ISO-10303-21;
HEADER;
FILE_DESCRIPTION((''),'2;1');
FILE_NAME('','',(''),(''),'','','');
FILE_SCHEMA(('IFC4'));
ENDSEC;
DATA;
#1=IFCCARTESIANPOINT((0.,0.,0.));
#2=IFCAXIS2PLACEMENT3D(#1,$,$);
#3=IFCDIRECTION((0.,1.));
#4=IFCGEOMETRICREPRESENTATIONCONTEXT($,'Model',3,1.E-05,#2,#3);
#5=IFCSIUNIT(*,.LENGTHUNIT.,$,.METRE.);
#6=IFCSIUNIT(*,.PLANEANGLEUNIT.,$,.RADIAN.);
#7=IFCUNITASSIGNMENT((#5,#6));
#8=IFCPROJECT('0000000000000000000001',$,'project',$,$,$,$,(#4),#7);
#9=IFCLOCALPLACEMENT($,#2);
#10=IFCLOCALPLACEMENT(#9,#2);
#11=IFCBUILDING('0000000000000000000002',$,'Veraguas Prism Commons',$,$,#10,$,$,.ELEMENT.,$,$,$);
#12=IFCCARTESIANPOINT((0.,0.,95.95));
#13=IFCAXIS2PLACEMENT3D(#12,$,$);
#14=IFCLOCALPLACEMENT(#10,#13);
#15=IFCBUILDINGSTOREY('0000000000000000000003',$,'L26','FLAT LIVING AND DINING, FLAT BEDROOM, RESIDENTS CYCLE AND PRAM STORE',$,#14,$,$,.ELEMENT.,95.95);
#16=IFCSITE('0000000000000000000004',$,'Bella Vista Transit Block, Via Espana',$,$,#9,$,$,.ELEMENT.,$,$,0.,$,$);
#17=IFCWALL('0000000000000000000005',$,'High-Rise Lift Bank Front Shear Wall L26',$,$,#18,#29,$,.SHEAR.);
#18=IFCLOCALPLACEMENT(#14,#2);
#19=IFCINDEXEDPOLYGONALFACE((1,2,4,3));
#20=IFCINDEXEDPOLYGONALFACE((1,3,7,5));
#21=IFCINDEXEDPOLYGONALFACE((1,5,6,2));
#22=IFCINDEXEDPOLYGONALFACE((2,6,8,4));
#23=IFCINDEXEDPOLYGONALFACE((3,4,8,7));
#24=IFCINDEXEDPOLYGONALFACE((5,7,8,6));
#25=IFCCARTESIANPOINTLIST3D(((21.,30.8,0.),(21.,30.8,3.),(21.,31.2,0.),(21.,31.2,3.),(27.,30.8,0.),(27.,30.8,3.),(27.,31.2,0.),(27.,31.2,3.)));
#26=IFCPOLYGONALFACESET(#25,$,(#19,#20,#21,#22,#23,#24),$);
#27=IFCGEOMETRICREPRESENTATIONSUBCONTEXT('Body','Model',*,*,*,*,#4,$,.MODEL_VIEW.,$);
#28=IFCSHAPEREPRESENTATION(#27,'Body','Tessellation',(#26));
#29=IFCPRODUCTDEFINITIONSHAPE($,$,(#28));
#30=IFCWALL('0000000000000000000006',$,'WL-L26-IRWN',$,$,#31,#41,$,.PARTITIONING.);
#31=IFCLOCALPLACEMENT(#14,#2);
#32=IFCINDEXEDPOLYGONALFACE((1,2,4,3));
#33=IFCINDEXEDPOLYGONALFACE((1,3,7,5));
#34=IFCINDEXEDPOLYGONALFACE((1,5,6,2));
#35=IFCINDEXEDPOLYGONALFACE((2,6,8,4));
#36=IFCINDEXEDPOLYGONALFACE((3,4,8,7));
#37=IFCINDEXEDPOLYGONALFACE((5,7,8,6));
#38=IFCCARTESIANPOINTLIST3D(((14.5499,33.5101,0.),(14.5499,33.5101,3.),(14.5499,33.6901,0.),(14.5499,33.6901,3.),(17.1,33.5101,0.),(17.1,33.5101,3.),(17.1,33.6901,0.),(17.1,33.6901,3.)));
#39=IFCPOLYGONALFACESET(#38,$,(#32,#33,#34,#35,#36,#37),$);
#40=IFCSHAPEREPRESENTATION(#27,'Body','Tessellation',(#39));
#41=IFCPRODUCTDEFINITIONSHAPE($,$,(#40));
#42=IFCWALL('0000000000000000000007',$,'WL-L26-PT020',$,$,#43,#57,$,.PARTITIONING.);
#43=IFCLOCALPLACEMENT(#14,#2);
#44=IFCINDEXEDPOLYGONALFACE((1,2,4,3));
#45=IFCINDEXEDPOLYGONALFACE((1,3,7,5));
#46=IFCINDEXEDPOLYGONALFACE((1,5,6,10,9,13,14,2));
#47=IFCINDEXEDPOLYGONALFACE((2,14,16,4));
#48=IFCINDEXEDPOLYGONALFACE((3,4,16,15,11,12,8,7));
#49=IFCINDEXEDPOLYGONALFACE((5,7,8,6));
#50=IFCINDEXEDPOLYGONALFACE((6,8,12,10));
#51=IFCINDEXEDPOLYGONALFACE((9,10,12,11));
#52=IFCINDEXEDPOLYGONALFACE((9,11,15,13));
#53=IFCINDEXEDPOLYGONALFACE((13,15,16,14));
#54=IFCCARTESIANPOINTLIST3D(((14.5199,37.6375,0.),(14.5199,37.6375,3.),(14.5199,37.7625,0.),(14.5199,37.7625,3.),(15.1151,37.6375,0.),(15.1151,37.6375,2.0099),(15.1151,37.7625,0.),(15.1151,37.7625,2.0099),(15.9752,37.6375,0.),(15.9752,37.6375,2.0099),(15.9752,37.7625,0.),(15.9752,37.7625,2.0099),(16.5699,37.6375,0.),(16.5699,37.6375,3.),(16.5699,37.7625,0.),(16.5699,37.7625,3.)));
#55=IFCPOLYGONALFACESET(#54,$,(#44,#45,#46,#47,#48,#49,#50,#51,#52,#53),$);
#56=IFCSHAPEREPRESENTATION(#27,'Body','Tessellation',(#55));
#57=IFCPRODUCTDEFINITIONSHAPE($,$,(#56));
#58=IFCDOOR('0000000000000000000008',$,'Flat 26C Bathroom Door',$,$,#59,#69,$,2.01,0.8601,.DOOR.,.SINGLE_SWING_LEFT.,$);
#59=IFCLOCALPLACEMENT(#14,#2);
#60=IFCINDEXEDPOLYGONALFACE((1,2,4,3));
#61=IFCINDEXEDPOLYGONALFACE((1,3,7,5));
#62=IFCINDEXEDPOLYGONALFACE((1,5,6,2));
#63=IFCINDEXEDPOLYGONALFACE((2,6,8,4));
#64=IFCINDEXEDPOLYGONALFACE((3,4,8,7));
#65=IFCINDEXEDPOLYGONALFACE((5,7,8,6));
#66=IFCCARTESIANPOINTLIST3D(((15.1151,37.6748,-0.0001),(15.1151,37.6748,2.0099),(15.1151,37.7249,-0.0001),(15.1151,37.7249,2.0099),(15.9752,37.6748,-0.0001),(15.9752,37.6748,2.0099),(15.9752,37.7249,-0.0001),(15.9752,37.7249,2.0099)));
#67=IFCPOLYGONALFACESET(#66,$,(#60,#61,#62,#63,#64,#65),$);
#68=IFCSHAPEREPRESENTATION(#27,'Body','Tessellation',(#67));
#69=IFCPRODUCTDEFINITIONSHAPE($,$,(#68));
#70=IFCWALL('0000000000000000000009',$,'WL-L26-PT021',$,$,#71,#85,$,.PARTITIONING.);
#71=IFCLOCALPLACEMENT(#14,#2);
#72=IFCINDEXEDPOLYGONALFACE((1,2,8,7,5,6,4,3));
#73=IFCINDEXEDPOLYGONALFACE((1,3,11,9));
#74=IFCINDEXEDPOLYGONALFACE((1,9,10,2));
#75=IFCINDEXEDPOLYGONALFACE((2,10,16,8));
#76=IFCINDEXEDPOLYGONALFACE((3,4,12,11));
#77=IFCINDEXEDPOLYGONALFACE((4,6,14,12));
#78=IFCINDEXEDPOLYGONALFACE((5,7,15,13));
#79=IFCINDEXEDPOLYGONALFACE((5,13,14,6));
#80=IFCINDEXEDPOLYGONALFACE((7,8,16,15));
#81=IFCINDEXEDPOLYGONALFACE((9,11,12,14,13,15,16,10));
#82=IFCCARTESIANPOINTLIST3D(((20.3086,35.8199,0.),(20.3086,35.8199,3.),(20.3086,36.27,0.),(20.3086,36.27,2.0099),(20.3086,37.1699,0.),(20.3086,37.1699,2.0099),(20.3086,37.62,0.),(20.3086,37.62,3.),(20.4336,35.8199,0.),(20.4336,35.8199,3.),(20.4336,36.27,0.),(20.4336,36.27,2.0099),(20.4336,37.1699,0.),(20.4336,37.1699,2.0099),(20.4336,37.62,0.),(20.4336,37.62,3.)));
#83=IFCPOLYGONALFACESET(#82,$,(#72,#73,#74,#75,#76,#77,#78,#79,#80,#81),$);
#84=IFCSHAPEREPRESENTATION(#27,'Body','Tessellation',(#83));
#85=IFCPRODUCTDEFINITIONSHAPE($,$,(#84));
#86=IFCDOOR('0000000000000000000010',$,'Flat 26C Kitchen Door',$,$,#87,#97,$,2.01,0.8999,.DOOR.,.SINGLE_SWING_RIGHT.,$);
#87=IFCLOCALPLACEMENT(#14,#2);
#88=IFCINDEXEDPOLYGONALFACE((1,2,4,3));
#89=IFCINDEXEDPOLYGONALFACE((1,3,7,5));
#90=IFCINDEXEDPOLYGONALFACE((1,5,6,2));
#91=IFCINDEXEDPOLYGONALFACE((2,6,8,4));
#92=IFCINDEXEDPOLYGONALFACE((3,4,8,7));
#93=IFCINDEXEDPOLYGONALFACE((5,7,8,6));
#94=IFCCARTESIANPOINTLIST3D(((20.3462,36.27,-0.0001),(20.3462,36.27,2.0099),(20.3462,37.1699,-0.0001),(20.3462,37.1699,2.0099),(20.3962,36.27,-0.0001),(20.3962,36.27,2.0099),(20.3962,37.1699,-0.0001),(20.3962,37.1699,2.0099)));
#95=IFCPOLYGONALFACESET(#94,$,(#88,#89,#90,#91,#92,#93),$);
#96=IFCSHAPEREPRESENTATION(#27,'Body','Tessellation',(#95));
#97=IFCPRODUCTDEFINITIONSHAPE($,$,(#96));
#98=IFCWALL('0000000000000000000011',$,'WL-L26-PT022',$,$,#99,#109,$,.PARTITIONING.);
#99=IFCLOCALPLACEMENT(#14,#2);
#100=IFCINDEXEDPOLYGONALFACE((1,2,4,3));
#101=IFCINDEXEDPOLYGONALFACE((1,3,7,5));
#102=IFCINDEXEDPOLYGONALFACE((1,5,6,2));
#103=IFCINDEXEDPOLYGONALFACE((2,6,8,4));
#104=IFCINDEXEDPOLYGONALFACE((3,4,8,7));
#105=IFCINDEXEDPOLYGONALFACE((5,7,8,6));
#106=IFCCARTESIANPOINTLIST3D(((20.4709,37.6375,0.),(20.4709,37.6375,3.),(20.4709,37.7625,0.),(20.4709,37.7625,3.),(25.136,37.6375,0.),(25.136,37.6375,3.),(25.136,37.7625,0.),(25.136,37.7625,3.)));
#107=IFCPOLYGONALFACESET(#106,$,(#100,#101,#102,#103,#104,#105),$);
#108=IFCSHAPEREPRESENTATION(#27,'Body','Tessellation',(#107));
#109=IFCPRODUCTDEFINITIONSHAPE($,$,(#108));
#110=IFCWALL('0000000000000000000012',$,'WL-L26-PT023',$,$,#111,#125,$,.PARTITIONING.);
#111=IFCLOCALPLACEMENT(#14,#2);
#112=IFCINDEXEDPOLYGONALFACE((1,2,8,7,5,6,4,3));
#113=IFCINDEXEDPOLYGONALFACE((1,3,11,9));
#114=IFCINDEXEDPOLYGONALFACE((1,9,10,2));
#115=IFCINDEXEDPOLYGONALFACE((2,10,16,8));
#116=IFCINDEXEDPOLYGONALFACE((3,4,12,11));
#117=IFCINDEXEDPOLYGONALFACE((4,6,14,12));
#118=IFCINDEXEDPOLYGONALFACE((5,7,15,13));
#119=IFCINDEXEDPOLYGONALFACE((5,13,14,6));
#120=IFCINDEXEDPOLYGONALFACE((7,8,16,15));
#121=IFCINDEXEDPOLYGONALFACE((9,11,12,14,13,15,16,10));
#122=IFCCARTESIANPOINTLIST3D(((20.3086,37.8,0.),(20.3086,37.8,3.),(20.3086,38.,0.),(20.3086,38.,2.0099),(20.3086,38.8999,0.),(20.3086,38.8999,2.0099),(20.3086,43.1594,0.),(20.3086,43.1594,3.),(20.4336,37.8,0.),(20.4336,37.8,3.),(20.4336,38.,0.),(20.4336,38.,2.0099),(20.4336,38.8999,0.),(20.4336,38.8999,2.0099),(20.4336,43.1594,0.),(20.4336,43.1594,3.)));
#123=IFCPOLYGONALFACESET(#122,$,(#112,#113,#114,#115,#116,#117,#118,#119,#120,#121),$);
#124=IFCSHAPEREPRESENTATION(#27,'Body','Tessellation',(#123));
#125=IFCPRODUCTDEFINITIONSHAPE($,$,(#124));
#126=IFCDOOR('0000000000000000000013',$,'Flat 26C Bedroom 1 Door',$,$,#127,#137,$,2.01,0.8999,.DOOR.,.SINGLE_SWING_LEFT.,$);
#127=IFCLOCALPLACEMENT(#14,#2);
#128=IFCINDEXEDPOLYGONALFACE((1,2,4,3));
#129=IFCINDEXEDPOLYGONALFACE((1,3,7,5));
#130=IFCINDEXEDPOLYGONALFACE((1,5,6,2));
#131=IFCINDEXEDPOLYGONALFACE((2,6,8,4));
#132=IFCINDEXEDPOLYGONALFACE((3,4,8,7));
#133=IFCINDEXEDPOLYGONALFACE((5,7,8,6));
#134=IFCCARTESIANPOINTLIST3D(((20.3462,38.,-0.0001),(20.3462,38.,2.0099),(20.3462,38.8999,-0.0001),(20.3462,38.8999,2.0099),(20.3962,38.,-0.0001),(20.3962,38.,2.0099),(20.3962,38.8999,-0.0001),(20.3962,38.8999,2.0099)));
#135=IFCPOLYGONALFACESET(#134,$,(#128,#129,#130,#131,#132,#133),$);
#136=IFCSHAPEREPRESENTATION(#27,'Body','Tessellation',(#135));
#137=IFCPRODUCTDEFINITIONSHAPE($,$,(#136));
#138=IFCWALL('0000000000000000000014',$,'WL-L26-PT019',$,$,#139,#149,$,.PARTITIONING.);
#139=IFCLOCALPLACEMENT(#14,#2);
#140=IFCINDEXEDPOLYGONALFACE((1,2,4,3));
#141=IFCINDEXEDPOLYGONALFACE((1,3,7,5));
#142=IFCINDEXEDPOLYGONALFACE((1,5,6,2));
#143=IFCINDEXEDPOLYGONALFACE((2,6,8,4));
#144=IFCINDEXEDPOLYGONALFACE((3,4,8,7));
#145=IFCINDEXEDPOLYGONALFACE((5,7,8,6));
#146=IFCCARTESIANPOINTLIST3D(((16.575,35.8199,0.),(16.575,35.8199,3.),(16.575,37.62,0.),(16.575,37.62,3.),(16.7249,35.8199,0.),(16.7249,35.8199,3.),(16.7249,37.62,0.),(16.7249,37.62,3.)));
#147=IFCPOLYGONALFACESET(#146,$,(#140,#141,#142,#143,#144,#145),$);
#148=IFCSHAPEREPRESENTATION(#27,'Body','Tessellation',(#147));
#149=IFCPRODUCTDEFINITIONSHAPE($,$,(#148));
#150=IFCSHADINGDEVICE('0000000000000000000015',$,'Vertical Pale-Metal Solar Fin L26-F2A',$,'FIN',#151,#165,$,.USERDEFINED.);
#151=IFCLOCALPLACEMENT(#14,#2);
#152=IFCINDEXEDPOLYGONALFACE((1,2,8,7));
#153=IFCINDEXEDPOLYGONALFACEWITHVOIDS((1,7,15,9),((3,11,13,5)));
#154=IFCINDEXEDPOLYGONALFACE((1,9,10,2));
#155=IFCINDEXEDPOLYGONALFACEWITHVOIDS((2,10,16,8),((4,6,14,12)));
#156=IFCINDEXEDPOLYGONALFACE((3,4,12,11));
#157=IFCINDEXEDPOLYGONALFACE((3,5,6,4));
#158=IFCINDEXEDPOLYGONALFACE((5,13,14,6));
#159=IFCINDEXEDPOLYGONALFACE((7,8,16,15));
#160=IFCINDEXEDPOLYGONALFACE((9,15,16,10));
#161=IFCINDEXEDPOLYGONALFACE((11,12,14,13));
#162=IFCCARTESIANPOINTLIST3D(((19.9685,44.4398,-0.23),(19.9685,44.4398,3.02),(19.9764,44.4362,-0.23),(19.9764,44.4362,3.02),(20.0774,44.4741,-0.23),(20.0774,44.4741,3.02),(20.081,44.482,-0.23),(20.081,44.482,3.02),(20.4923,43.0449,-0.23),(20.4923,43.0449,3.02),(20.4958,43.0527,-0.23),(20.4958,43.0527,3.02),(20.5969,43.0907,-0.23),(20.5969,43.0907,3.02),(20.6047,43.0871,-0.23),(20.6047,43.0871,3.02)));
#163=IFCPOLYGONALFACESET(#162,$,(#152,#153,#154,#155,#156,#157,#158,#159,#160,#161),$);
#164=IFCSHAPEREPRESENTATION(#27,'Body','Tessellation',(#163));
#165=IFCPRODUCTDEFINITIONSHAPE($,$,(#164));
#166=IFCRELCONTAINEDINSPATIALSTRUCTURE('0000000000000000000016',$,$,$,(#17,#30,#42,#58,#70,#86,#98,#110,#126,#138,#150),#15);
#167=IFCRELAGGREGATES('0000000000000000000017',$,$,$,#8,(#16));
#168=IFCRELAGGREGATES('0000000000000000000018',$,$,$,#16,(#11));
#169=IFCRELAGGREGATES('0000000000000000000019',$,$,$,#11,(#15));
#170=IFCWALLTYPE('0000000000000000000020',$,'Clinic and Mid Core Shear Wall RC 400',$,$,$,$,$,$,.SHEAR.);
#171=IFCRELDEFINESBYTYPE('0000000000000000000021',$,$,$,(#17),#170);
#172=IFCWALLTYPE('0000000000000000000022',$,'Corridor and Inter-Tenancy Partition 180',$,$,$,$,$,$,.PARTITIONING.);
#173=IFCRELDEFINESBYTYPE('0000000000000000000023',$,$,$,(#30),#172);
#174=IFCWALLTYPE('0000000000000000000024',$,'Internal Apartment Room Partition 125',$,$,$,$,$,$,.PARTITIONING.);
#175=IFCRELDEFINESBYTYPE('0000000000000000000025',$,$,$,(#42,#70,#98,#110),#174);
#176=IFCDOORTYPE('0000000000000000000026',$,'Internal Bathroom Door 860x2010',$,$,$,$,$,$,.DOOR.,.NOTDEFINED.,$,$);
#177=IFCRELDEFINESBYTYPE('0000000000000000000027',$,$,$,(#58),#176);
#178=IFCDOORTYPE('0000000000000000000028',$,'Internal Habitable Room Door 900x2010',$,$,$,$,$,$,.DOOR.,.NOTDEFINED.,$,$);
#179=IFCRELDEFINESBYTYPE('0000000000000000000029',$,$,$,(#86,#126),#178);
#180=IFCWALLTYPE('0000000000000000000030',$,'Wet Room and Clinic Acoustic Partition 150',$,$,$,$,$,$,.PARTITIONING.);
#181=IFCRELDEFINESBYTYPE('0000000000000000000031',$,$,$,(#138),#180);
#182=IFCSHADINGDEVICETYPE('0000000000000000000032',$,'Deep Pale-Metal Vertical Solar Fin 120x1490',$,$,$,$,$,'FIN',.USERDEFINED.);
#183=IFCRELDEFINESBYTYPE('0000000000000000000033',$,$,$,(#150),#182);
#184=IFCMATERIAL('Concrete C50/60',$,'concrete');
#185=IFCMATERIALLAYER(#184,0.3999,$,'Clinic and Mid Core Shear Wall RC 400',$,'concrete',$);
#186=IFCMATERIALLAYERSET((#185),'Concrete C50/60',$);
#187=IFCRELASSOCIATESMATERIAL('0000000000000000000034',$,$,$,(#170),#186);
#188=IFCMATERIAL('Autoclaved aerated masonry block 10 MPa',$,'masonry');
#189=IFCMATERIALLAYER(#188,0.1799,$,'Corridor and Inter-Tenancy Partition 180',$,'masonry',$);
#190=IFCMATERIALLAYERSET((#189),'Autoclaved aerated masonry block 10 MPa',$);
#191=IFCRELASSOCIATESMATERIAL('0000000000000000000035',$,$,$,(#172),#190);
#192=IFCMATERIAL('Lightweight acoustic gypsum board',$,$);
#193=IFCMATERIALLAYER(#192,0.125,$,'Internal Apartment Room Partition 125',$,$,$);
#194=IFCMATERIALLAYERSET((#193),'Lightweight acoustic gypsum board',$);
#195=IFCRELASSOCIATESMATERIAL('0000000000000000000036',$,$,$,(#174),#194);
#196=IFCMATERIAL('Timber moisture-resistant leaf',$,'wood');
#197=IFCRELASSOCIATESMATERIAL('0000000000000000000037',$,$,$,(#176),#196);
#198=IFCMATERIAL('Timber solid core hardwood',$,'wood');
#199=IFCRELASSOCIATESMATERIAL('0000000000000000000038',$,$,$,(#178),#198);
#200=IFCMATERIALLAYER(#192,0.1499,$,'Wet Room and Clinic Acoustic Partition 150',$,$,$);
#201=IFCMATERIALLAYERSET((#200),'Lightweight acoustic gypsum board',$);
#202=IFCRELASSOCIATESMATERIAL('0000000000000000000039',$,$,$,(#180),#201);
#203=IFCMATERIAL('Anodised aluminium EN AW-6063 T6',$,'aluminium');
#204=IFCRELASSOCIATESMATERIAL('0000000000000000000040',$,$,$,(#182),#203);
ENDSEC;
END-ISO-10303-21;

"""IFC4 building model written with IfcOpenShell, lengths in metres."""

from ifc_helpers import new_model, si_unit, direction, frame, frame_2d, origin, origin_2d, place, context, subcontext, project, spatial, rectangle, hollow_rectangle, extrude, source, transform, mapped, material, layer, layer_set, material_profile, profile_set, type_object, element, fill, save


model = new_model("IFC4")

# Units and contexts
model_context = context("Model", 3, precision=1e-05, world=origin(), true_north=direction((0.0, 1.0)))
body_context = subcontext(model_context, "Body", "Model", "MODEL_VIEW")
ifc_project = project(units=[si_unit("LENGTHUNIT", "METRE"), si_unit("PLANEANGLEUNIT", "RADIAN")], contexts=[model_context])

# Site, building, storey
site_placement = place(None, origin())
site = spatial("IfcSite", under=ifc_project, at=site_placement, Name="Bella Vista Transit Block, Via Espana", CompositionType="ELEMENT", RefElevation=0.0)
building_placement = place(site_placement, origin())
building = spatial("IfcBuilding", under=site, at=building_placement, Name="Veraguas Prism Commons", CompositionType="ELEMENT")
storey_placement = place(building_placement, frame((0.0, 0.0, 95.95)))
storey = spatial("IfcBuildingStorey", under=building, at=storey_placement, Name="L26", Description="FLAT LIVING AND DINING, FLAT BEDROOM, RESIDENTS CYCLE AND PRAM STORE", CompositionType="ELEMENT", Elevation=95.95)

# Shared definitions
ifc_material_1 = material(Name="Concrete C50/60", Category="concrete")

# Shared definitions
ifc_material_2 = material(Name="Anodised aluminium EN AW-6063 T6", Category="aluminium")

# Walls
ifc_layer_1 = layer(ifc_material_1, 0.3999, Name="Clinic and Mid Core Shear Wall RC 400", Category="concrete")
ifc_layer_set_1 = layer_set([ifc_layer_1], Name="Concrete C50/60")
wall_type_1 = type_object("IfcWallType", Name="Clinic and Mid Core Shear Wall RC 400", PredefinedType="SHEAR", material=ifc_layer_set_1)
wall_1_placement = place(storey_placement, frame((21.0, 31.0, 0.0), z_axis=(0.0, 0.0, 1.0), x_axis=(1.0, 0.0, 0.0)))
element("IfcWall", 1, at=wall_1_placement, inside=storey, type_object=wall_type_1, Name="High-Rise Lift Bank Front Shear Wall L26", PredefinedType="SHEAR", context=body_context, shape_type="SweptSolid", body=[
    extrude(rectangle(XDim=6.0, YDim=0.3999, at=frame_2d((3.0, 0.0))), origin(), (0.0, 0.0, 1.0), 3.0),
])
ifc_material_3 = material(Name="Autoclaved aerated masonry block 10 MPa", Category="masonry")
ifc_layer_2 = layer(ifc_material_3, 0.1799, Name="Corridor and Inter-Tenancy Partition 180", Category="masonry")
ifc_layer_set_2 = layer_set([ifc_layer_2], Name="Autoclaved aerated masonry block 10 MPa")
wall_type_2 = type_object("IfcWallType", Name="Corridor and Inter-Tenancy Partition 180", PredefinedType="PARTITIONING", material=ifc_layer_set_2)
wall_2_placement = place(storey_placement, frame((14.55, 33.6001, 0.0), z_axis=(0.0, 0.0, 1.0), x_axis=(1.0, 0.0, 0.0)))
element("IfcWall", 2, at=wall_2_placement, inside=storey, type_object=wall_type_2, Name="WL-L26-IRWN", PredefinedType="PARTITIONING", context=body_context, shape_type="SweptSolid", body=[
    extrude(rectangle(XDim=2.55, YDim=0.1799, at=frame_2d((1.2749, 0.0))), origin(), (0.0, 0.0, 1.0), 3.0),
])

# Walls, openings, doors
ifc_material_4 = material(Name="Lightweight acoustic gypsum board")
ifc_layer_3 = layer(ifc_material_4, 0.125, Name="Internal Apartment Room Partition 125")
ifc_layer_set_3 = layer_set([ifc_layer_3], Name="Lightweight acoustic gypsum board")
wall_type_3 = type_object("IfcWallType", Name="Internal Apartment Room Partition 125", PredefinedType="PARTITIONING", material=ifc_layer_set_3)
wall_3_placement = place(storey_placement, frame((14.52, 37.7, 0.0), z_axis=(0.0, 0.0, 1.0), x_axis=(1.0, 0.0, 0.0)))
wall_3 = element("IfcWall", 3, at=wall_3_placement, inside=storey, type_object=wall_type_3, Name="WL-L26-PT020", PredefinedType="PARTITIONING", context=body_context, shape_type="SweptSolid", body=[
    extrude(rectangle(XDim=2.05, YDim=0.125, at=frame_2d((1.0249, 0.0))), origin(), (0.0, 0.0, 1.0), 3.0),
])
opening_1_placement = place(wall_3_placement, frame((0.595, 0.0, 0.0)))
opening_1 = element("IfcOpeningElement", 4, at=opening_1_placement, cuts=wall_3, PredefinedType="OPENING", context=body_context, shape_type="SweptSolid", body=[
    extrude(rectangle(XDim=0.8601, YDim=2.01, at=frame_2d((0.4302, 1.0049))), frame((0.0, 0.0725, 0.0), z_axis=(0.0, -1.0, 0.0), x_axis=(1.0, 0.0, 0.0)), (0.0, 0.0, 1.0), 0.145),
])
ifc_material_5 = material(Name="Timber moisture-resistant leaf", Category="wood")
door_type_1 = type_object("IfcDoorType", Name="Internal Bathroom Door 860x2010", OperationType="NOTDEFINED", PredefinedType="DOOR", material=ifc_material_5)
shared_shape_1 = source(origin(), body_context, "Body", "SweptSolid", [
    extrude(rectangle(XDim=0.8601, YDim=2.01, at=frame_2d((0.4302, 1.0049))), frame((0.0, 0.0249, 0.0), z_axis=(0.0, -1.0, 0.0), x_axis=(1.0, 0.0, 0.0)), (0.0, 0.0, 1.0), 0.05),
])
door_1_placement = place(opening_1_placement, origin())
door_1 = element("IfcDoor", 5, at=door_1_placement, inside=storey, type_object=door_type_1, Name="Flat 26C Bathroom Door", OperationType="SINGLE_SWING_LEFT", OverallHeight=2.01, OverallWidth=0.8601, PredefinedType="DOOR", context=body_context, shape_type="MappedRepresentation", body=[
    mapped(shared_shape_1, transform((0.0, 0.0, 0.0), scale=1.0)),
])
fill(opening_1, door_1)
wall_4_placement = place(storey_placement, frame((20.3711, 35.8201, 0.0), z_axis=(0.0, 0.0, 1.0), x_axis=(0.0, 1.0, 0.0)))
wall_4 = element("IfcWall", 6, at=wall_4_placement, inside=storey, type_object=wall_type_3, Name="WL-L26-PT021", PredefinedType="PARTITIONING", context=body_context, shape_type="SweptSolid", body=[
    extrude(rectangle(XDim=1.8, YDim=0.125, at=frame_2d((0.8999, 0.0))), origin(), (0.0, 0.0, 1.0), 3.0),
])
opening_2_placement = place(wall_4_placement, frame((0.45, 0.0, 0.0)))
opening_2 = element("IfcOpeningElement", 7, at=opening_2_placement, cuts=wall_4, PredefinedType="OPENING", context=body_context, shape_type="SweptSolid", body=[
    extrude(rectangle(XDim=0.8999, YDim=2.01, at=frame_2d((0.45, 1.0049))), frame((0.0, 0.0725, 0.0), z_axis=(0.0, -1.0, 0.0), x_axis=(1.0, 0.0, 0.0)), (0.0, 0.0, 1.0), 0.145),
])
ifc_material_6 = material(Name="Timber solid core hardwood", Category="wood")
door_type_2 = type_object("IfcDoorType", Name="Internal Habitable Room Door 900x2010", OperationType="NOTDEFINED", PredefinedType="DOOR", material=ifc_material_6)
shared_shape_2 = source(origin(), body_context, "Body", "SweptSolid", [
    extrude(rectangle(XDim=0.8999, YDim=2.01, at=frame_2d((0.45, 1.0049))), frame((0.0, 0.0249, 0.0), z_axis=(0.0, -1.0, 0.0), x_axis=(1.0, 0.0, 0.0)), (0.0, 0.0, 1.0), 0.05),
])
door_2_placement = place(opening_2_placement, origin())
door_2 = element("IfcDoor", 8, at=door_2_placement, inside=storey, type_object=door_type_2, Name="Flat 26C Kitchen Door", OperationType="SINGLE_SWING_RIGHT", OverallHeight=2.01, OverallWidth=0.8999, PredefinedType="DOOR", context=body_context, shape_type="MappedRepresentation", body=[
    mapped(shared_shape_2, transform((0.0, 0.0, 0.0), scale=1.0)),
])
fill(opening_2, door_2)

# Wall
wall_5_placement = place(storey_placement, frame((20.4709, 37.7, 0.0), z_axis=(0.0, 0.0, 1.0), x_axis=(1.0, 0.0, 0.0)))
element("IfcWall", 9, at=wall_5_placement, inside=storey, type_object=wall_type_3, Name="WL-L26-PT022", PredefinedType="PARTITIONING", context=body_context, shape_type="SweptSolid", body=[
    extrude(rectangle(XDim=4.665, YDim=0.125, at=frame_2d((2.3325, 0.0))), origin(), (0.0, 0.0, 1.0), 3.0),
])

# Wall, opening, door
wall_6_placement = place(storey_placement, frame((20.3711, 37.8, 0.0), z_axis=(0.0, 0.0, 1.0), x_axis=(0.0, 1.0, 0.0)))
wall_6 = element("IfcWall", 10, at=wall_6_placement, inside=storey, type_object=wall_type_3, Name="WL-L26-PT023", PredefinedType="PARTITIONING", context=body_context, shape_type="SweptSolid", body=[
    extrude(rectangle(XDim=5.3594, YDim=0.125, at=frame_2d((2.6797, 0.0))), origin(), (0.0, 0.0, 1.0), 3.0),
])
opening_3_placement = place(wall_6_placement, frame((0.2, 0.0, 0.0)))
opening_3 = element("IfcOpeningElement", 11, at=opening_3_placement, cuts=wall_6, PredefinedType="OPENING", context=body_context, shape_type="SweptSolid", body=[
    extrude(rectangle(XDim=0.8999, YDim=2.01, at=frame_2d((0.45, 1.0049))), frame((0.0, 0.0725, 0.0), z_axis=(0.0, -1.0, 0.0), x_axis=(1.0, 0.0, 0.0)), (0.0, 0.0, 1.0), 0.145),
])
door_3_placement = place(opening_3_placement, origin())
door_3 = element("IfcDoor", 12, at=door_3_placement, inside=storey, type_object=door_type_2, Name="Flat 26C Bedroom 1 Door", OperationType="SINGLE_SWING_LEFT", OverallHeight=2.01, OverallWidth=0.8999, PredefinedType="DOOR", context=body_context, shape_type="MappedRepresentation", body=[
    mapped(shared_shape_2, transform((0.0, 0.0, 0.0), scale=1.0)),
])
fill(opening_3, door_3)

# Wall
ifc_layer_4 = layer(ifc_material_4, 0.1499, Name="Wet Room and Clinic Acoustic Partition 150")
ifc_layer_set_4 = layer_set([ifc_layer_4], Name="Lightweight acoustic gypsum board")
wall_type_4 = type_object("IfcWallType", Name="Wet Room and Clinic Acoustic Partition 150", PredefinedType="PARTITIONING", material=ifc_layer_set_4)
wall_7_placement = place(storey_placement, frame((16.6499, 35.8201, 0.0), z_axis=(0.0, 0.0, 1.0), x_axis=(0.0, 1.0, 0.0)))
element("IfcWall", 13, at=wall_7_placement, inside=storey, type_object=wall_type_4, Name="WL-L26-PT019", PredefinedType="PARTITIONING", context=body_context, shape_type="SweptSolid", body=[
    extrude(rectangle(XDim=1.8, YDim=0.1499, at=frame_2d((0.8999, 0.0))), origin(), (0.0, 0.0, 1.0), 3.0),
])

# Shading device
ifc_material_profile_1 = material_profile(ifc_material_2, hollow_rectangle(XDim=0.1201, YDim=1.49, WallThickness=0.0061, at=origin_2d()), Name="FIN120X1490X6")
ifc_profile_set_1 = profile_set([ifc_material_profile_1], Name="Anodised aluminium EN AW-6063 T6")
shading_device_type = type_object("IfcShadingDeviceType", Name="Deep Pale-Metal Vertical Solar Fin 120x1490", ElementType="FIN", PredefinedType="USERDEFINED", material=ifc_profile_set_1)
shading_device_placement = place(storey_placement, frame((20.2866, 43.7634, -0.23), z_axis=(0.0, 0.0, 1.0), x_axis=(-0.936183, -0.351513, 0.0)))
element("IfcShadingDevice", 14, at=shading_device_placement, inside=storey, type_object=shading_device_type, Name="Vertical Pale-Metal Solar Fin L26-F2A", ObjectType="FIN", PredefinedType="USERDEFINED", context=body_context, shape_type="SweptSolid", body=[
    extrude(hollow_rectangle(XDim=0.1201, YDim=1.49, WallThickness=0.0061, at=origin_2d()), origin(), (0.0, 0.0, 1.0), 3.25),
])

save(model, "model.ifc")
